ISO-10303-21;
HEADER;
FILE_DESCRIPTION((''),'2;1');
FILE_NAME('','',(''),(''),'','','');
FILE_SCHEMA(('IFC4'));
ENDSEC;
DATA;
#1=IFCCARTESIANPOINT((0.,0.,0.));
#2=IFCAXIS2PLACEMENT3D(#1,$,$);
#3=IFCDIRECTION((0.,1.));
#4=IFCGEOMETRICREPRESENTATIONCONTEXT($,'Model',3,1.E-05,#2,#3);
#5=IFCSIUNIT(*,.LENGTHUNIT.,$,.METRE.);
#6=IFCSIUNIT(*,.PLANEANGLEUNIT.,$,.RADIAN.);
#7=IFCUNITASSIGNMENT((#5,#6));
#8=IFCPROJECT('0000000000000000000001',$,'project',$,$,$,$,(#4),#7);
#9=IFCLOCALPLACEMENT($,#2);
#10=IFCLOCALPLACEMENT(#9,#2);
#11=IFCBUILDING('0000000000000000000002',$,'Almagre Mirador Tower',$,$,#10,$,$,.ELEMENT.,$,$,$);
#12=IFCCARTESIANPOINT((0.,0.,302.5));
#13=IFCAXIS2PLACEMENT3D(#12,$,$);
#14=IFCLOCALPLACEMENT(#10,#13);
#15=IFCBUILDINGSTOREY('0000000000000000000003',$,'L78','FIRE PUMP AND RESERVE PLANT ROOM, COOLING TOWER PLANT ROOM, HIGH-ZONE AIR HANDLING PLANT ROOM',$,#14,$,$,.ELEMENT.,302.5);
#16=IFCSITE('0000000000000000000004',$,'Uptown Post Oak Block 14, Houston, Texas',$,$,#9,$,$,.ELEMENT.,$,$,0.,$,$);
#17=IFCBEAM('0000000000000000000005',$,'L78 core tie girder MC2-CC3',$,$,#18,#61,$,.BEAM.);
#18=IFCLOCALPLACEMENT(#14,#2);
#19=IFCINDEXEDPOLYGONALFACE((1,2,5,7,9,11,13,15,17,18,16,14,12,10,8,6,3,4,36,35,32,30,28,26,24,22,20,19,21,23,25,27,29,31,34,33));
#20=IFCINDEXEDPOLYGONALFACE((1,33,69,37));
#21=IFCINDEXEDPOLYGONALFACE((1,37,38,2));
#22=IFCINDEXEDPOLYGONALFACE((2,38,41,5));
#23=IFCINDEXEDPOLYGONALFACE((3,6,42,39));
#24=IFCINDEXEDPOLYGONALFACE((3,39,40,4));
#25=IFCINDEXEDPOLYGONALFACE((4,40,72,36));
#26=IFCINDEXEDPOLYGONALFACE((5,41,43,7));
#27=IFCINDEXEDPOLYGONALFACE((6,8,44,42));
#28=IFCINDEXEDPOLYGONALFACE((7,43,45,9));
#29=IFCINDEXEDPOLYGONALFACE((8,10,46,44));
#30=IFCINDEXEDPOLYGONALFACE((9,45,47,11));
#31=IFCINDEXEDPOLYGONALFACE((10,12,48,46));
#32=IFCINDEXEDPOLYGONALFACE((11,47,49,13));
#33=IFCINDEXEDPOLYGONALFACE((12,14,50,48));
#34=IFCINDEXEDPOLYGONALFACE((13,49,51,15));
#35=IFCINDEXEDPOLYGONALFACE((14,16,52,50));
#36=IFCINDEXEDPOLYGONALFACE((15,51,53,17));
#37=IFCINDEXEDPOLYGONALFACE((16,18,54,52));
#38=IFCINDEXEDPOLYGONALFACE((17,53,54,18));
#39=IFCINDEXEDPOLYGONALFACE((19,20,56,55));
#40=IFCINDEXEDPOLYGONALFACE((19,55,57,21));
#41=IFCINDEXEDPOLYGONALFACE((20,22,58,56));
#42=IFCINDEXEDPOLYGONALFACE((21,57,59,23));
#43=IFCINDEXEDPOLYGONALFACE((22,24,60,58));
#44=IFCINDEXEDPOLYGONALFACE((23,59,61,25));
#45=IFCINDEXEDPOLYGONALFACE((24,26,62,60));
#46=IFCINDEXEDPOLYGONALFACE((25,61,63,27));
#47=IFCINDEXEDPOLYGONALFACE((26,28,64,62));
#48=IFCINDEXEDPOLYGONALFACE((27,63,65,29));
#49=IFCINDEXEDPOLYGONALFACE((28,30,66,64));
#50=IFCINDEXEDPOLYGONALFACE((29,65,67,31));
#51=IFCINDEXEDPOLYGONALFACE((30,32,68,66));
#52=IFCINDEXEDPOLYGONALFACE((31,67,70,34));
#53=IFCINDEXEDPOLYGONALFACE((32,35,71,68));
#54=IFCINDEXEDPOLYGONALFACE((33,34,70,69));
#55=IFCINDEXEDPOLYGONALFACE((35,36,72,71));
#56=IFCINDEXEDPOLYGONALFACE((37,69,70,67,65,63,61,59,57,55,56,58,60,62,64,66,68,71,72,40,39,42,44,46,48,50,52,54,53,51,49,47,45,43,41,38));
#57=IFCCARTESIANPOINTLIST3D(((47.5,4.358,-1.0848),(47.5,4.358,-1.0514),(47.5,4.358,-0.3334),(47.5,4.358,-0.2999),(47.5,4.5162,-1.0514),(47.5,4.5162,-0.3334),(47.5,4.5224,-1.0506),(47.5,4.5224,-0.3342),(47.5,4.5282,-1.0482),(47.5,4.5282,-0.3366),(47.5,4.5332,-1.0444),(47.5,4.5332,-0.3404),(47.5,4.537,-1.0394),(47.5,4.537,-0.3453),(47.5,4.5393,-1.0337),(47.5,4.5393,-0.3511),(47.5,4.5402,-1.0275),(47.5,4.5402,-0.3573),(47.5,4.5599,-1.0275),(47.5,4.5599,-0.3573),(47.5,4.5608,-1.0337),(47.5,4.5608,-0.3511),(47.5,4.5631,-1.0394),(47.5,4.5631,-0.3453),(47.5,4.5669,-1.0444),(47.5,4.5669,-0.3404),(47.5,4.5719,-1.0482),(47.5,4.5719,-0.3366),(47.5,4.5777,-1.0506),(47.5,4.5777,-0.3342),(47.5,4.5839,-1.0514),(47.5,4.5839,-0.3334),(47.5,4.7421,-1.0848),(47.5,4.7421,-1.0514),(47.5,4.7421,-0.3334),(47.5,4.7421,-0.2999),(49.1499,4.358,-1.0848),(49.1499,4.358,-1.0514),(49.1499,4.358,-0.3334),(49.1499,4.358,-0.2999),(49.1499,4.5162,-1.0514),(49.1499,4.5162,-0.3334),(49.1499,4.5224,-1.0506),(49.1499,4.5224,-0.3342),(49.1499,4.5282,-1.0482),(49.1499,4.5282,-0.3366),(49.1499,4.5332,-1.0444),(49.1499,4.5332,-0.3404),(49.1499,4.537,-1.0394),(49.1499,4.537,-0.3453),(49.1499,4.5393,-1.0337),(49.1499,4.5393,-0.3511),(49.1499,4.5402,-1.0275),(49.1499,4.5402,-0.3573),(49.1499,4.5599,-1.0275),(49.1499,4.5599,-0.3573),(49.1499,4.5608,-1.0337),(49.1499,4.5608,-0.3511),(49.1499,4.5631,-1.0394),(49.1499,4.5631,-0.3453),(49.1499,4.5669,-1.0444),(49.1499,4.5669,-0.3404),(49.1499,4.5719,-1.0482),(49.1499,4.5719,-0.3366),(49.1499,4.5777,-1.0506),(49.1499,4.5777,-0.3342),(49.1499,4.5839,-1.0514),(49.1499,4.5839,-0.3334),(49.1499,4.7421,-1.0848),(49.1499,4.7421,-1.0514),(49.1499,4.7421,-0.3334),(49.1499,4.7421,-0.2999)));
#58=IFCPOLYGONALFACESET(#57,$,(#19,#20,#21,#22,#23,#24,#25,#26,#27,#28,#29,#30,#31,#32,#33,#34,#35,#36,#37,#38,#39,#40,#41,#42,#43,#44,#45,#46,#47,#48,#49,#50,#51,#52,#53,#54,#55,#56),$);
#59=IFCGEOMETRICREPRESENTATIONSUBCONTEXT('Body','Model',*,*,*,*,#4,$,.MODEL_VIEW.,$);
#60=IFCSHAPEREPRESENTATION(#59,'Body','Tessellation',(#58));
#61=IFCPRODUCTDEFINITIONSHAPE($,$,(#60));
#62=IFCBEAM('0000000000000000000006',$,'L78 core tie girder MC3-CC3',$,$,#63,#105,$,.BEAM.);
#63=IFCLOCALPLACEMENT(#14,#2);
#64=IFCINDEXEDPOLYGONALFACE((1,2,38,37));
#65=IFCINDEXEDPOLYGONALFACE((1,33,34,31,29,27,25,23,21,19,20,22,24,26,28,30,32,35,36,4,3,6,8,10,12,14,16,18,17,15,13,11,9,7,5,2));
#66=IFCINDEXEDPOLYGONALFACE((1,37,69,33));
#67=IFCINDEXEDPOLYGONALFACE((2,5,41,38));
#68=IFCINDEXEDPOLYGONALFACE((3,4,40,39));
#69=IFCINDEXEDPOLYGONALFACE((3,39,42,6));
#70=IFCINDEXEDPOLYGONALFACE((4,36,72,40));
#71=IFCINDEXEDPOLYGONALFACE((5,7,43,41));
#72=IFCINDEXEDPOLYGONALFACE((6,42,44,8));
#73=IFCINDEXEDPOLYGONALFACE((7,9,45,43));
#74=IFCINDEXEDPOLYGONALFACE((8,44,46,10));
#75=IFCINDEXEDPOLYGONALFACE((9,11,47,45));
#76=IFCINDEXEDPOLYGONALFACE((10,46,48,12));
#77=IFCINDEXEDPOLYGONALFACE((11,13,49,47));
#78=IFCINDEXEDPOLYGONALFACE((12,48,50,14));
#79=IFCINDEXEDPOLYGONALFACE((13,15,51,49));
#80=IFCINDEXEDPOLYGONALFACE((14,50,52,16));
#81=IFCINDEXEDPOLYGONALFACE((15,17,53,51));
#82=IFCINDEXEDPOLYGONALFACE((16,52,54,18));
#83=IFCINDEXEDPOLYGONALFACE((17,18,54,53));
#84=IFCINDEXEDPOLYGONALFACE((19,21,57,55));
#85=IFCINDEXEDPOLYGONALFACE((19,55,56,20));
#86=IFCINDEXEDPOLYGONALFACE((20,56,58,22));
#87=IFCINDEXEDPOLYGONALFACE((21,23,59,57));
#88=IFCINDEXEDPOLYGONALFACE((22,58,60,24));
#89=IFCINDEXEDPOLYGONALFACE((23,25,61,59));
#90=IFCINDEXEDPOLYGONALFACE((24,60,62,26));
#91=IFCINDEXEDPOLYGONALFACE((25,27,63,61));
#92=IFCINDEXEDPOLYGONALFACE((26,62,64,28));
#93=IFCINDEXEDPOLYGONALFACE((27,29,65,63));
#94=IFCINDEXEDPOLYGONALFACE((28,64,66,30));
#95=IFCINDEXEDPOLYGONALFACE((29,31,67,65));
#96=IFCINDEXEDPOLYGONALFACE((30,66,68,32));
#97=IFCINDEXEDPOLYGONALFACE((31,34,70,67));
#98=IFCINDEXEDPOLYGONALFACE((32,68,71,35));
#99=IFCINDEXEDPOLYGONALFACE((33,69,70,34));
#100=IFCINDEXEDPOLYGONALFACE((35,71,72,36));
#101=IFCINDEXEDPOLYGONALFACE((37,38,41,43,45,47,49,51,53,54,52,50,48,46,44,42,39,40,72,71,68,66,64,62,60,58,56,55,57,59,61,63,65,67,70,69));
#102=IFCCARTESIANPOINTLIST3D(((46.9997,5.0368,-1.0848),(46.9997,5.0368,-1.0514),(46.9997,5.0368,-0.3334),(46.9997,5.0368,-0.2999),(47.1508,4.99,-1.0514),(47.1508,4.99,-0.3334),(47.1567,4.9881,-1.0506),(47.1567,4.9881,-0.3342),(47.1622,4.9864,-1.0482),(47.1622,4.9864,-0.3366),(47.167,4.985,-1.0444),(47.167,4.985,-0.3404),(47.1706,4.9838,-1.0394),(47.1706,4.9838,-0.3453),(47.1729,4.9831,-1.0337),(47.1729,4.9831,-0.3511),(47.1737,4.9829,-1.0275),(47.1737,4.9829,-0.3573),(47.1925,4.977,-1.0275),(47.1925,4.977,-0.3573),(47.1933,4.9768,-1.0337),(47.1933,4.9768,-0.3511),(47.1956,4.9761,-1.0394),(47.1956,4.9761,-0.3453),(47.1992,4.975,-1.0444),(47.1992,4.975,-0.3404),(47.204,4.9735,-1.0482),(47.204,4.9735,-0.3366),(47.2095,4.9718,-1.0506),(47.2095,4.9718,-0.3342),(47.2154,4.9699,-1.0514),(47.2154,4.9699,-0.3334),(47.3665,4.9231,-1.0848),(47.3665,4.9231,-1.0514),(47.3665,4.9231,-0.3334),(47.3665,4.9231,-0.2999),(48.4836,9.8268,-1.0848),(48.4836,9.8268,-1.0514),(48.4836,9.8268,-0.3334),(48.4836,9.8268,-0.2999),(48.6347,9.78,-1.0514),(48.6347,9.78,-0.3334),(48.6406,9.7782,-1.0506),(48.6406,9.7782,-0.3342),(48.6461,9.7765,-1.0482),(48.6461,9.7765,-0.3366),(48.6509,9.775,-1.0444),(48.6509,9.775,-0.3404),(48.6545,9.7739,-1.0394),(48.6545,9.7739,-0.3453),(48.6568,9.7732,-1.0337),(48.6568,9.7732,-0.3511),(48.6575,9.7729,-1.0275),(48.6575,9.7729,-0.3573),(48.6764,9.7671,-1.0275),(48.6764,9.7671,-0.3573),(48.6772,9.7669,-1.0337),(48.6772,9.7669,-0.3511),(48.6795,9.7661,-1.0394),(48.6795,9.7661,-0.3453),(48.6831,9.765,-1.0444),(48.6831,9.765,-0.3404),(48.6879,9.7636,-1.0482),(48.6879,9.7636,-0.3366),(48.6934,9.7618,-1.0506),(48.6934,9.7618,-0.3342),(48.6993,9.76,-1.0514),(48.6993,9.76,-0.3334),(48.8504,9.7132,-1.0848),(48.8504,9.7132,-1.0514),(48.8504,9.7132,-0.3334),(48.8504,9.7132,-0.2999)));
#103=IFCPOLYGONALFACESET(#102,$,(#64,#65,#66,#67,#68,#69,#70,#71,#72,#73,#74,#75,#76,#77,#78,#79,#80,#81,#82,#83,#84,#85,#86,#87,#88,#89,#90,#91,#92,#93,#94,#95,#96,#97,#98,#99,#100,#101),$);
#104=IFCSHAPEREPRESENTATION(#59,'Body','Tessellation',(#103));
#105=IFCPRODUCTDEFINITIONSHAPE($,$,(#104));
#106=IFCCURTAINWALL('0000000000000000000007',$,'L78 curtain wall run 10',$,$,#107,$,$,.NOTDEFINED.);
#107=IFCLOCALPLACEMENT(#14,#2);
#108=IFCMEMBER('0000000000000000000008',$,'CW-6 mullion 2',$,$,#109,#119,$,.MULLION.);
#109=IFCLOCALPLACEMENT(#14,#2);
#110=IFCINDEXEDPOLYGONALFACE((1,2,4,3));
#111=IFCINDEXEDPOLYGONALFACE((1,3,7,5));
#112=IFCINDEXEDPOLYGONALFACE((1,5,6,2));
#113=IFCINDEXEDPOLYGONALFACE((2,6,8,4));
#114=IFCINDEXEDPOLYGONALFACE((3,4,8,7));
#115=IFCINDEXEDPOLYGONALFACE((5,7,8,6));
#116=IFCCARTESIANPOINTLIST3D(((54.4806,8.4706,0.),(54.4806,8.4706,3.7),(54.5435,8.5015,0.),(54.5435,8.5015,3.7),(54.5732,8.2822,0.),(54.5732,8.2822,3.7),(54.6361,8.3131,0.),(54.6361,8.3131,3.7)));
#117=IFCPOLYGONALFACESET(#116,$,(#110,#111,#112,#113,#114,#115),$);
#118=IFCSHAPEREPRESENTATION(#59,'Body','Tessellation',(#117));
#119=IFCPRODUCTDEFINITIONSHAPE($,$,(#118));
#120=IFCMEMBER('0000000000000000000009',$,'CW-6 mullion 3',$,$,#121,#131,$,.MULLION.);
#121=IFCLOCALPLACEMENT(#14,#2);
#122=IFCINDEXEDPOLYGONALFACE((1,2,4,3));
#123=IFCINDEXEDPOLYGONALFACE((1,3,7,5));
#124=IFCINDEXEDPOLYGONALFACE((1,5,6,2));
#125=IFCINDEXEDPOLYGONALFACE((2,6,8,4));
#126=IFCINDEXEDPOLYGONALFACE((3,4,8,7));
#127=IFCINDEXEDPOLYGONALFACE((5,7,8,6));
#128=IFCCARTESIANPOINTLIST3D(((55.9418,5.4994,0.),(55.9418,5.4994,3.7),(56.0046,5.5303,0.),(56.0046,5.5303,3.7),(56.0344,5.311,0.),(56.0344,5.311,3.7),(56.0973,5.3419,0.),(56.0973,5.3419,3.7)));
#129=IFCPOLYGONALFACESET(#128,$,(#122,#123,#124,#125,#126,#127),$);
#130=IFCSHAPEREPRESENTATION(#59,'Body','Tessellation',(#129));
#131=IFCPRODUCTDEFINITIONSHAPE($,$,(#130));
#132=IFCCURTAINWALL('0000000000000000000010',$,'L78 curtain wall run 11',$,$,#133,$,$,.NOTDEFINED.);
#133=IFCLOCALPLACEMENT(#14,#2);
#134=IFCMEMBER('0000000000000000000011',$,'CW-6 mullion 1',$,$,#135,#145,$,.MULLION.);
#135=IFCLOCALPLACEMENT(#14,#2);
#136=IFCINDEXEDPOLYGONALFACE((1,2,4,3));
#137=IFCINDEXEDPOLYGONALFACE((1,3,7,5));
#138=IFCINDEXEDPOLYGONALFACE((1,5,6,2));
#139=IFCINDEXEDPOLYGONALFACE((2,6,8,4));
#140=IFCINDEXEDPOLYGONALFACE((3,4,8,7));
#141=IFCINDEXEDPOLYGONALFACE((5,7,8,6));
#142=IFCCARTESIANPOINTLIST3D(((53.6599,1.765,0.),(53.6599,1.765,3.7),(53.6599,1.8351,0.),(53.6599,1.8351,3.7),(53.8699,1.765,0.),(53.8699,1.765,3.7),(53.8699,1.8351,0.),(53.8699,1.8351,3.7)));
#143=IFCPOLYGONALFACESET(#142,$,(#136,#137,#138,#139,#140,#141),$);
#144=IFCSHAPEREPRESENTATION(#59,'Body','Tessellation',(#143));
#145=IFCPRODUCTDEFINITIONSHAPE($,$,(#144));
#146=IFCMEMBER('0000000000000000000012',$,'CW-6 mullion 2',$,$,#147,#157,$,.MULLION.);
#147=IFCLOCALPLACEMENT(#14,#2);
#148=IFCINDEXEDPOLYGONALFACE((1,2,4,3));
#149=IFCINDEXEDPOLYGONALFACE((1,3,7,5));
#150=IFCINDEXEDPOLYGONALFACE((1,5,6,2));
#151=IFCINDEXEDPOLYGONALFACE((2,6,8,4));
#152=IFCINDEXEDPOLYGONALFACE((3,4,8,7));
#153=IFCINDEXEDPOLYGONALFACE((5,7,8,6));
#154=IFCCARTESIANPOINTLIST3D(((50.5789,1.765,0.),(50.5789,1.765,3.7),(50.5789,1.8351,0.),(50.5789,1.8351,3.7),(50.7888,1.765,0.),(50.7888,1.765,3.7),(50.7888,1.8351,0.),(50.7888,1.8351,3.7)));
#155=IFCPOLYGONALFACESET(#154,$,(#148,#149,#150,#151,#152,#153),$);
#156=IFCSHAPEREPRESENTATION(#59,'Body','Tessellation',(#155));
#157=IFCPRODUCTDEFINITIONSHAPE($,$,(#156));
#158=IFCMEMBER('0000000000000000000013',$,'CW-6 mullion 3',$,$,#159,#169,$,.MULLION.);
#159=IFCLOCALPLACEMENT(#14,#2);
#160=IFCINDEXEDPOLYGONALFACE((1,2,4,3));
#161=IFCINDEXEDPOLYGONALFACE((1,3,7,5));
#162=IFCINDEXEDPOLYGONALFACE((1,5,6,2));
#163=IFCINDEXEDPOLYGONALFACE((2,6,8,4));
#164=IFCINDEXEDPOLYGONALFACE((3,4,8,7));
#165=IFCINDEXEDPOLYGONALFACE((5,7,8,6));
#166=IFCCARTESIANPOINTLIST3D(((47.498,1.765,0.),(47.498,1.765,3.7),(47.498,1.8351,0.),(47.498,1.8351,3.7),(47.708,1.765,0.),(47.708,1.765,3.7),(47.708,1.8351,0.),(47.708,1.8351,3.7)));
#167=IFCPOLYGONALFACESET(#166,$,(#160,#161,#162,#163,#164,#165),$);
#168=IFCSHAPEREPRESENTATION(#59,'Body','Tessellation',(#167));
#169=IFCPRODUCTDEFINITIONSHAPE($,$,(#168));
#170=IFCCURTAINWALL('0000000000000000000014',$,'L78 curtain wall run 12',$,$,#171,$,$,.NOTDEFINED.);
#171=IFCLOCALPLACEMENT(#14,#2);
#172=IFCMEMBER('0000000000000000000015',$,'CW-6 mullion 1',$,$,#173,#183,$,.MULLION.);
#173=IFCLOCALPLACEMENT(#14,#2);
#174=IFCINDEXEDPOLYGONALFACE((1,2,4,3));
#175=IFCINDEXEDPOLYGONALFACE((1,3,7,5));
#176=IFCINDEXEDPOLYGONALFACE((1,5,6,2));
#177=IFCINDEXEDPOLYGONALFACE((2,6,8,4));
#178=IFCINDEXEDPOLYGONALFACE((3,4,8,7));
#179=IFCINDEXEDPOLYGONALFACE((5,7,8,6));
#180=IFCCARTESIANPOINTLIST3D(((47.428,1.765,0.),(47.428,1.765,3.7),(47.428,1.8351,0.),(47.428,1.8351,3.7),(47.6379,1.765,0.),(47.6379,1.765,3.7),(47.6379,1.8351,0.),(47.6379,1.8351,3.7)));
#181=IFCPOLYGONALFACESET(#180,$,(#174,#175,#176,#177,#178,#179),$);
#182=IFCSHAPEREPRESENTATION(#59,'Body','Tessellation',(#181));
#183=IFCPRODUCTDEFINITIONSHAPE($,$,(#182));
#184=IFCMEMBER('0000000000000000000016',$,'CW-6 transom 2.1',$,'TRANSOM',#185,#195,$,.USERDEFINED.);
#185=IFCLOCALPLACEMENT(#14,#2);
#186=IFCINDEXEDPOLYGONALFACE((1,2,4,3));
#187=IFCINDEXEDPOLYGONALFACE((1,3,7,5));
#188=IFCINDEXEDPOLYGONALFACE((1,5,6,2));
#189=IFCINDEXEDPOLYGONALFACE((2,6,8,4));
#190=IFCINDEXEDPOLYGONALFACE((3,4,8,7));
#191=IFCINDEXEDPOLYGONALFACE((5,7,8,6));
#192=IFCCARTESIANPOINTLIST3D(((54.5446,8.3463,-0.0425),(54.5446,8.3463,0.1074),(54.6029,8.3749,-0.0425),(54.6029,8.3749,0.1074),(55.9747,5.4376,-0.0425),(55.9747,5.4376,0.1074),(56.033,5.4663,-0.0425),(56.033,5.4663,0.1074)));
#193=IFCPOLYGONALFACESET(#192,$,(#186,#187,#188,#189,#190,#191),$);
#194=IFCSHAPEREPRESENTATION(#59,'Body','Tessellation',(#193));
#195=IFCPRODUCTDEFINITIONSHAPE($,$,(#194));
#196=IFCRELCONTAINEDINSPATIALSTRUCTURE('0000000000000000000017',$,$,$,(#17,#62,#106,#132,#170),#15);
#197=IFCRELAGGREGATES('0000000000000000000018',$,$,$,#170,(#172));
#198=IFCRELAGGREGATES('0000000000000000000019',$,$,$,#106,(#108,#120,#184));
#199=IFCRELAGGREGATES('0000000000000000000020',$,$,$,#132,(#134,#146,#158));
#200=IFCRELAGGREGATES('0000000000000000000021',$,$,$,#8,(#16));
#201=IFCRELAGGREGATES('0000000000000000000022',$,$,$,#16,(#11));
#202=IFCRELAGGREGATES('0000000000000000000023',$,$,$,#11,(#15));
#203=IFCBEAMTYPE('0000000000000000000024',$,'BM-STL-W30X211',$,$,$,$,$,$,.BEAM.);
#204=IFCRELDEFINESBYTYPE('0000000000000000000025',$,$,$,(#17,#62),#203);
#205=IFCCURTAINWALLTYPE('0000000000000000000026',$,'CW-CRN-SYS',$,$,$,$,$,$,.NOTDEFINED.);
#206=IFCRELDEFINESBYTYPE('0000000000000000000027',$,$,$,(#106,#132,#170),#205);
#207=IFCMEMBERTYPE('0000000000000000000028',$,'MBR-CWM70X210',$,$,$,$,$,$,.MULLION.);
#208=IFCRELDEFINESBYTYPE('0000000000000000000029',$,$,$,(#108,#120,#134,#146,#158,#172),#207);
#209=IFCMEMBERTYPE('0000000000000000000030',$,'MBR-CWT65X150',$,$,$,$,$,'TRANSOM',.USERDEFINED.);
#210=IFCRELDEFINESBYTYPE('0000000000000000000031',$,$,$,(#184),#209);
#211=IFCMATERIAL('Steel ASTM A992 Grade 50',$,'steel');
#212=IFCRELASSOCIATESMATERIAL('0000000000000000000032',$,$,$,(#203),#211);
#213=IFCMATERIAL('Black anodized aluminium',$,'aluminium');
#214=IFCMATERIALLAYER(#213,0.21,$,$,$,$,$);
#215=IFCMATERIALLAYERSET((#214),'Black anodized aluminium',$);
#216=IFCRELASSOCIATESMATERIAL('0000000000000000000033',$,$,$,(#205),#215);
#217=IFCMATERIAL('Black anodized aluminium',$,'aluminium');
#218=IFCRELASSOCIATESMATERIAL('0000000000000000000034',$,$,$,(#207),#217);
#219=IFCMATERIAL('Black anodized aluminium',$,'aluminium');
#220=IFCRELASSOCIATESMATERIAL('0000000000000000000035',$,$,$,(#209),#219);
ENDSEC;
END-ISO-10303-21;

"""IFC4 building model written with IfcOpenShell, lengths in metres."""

from ifc_helpers import new_model, si_unit, direction, frame, origin, origin_2d, place, context, subcontext, project, spatial, rectangle, i_section, extrude, material, layer, layer_set, material_profile, profile_set, type_object, element, aggregate, save


model = new_model("IFC4")

# Units and contexts
model_context = context("Model", 3, precision=1e-05, world=origin(), true_north=direction((0.0, 1.0)))
body_context = subcontext(model_context, "Body", "Model", "MODEL_VIEW")
ifc_project = project(units=[si_unit("LENGTHUNIT", "METRE"), si_unit("PLANEANGLEUNIT", "RADIAN")], contexts=[model_context])

# Site, building, storey
site_placement = place(None, origin())
site = spatial("IfcSite", under=ifc_project, at=site_placement, Name="Uptown Post Oak Block 14, Houston, Texas", CompositionType="ELEMENT", RefElevation=0.0)
building_placement = place(site_placement, origin())
building = spatial("IfcBuilding", under=site, at=building_placement, Name="Almagre Mirador Tower", CompositionType="ELEMENT")
storey_placement = place(building_placement, frame((0.0, 0.0, 302.5)))
storey = spatial("IfcBuildingStorey", under=building, at=storey_placement, Name="L78", Description="FIRE PUMP AND RESERVE PLANT ROOM, COOLING TOWER PLANT ROOM, HIGH-ZONE AIR HANDLING PLANT ROOM", CompositionType="ELEMENT", Elevation=302.5)

# Beams
ifc_material_1 = material(Name="Steel ASTM A992 Grade 50", Category="steel")
ifc_material_profile_1 = material_profile(ifc_material_1, i_section(OverallWidth=0.384, OverallDepth=0.7849, WebThickness=0.0198, FlangeThickness=0.0334, FilletRadius=0.0239, at=origin_2d()), Name="W30X211")
ifc_profile_set_1 = profile_set([ifc_material_profile_1], Name="Steel ASTM A992 Grade 50")
beam_type_1 = type_object("IfcBeamType", Name="BM-STL-W30X211", PredefinedType="BEAM", material=ifc_profile_set_1)
beam_1_placement = place(storey_placement, frame((49.1499, 4.55, -0.6924), z_axis=(-1.0, 0.0, 0.0), x_axis=(0.0, -1.0, 0.0)))
element("IfcBeam", 1, at=beam_1_placement, inside=storey, type_object=beam_type_1, Name="L78 core tie girder MC2-CC3", PredefinedType="BEAM", context=body_context, shape_type="SweptSolid", body=[
    extrude(i_section(OverallWidth=0.384, OverallDepth=0.7849, WebThickness=0.0198, FlangeThickness=0.0334, FilletRadius=0.0239, at=origin_2d()), origin(), (0.0, 0.0, 1.0), 1.6499),
])
beam_2_placement = place(storey_placement, frame((48.667, 9.77, -0.6924), z_axis=(-0.295912, -0.955215, 0.0), x_axis=(0.955215, -0.295912, 0.0)))
element("IfcBeam", 2, at=beam_2_placement, inside=storey, type_object=beam_type_1, Name="L78 core tie girder MC3-CC3", PredefinedType="BEAM", context=body_context, shape_type="SweptSolid", body=[
    extrude(i_section(OverallWidth=0.384, OverallDepth=0.7849, WebThickness=0.0198, FlangeThickness=0.0334, FilletRadius=0.0239, at=origin_2d()), origin(), (0.0, 0.0, 1.0), 5.0146),
])

# Curtain walls, members
ifc_material_2 = material(Name="Black anodized aluminium", Category="aluminium")
ifc_layer_1 = layer(ifc_material_2, 0.21)
ifc_layer_set_1 = layer_set([ifc_layer_1], Name="Black anodized aluminium")
curtain_wall_type = type_object("IfcCurtainWallType", Name="CW-CRN-SYS", PredefinedType="NOTDEFINED", material=ifc_layer_set_1)
curtain_wall_1_placement = place(storey_placement, origin())
curtain_wall_1 = element("IfcCurtainWall", 3, at=curtain_wall_1_placement, inside=storey, type_object=curtain_wall_type, Name="L78 curtain wall run 10", PredefinedType="NOTDEFINED")
ifc_material_3 = material(Name="Black anodized aluminium", Category="aluminium")
ifc_material_profile_2 = material_profile(ifc_material_3, rectangle(XDim=0.0701, YDim=0.21, at=origin_2d()), Name="CWM70X210")
ifc_profile_set_2 = profile_set([ifc_material_profile_2], Name="Black anodized aluminium")
member_type_1 = type_object("IfcMemberType", Name="MBR-CWM70X210", PredefinedType="MULLION", material=ifc_profile_set_2)
member_1_placement = place(storey_placement, frame((54.5583, 8.3918, 0.0), z_axis=(0.0, 0.0, 1.0), x_axis=(0.897372, 0.441274, 0.0)))
member_1 = element("IfcMember", 4, at=member_1_placement, type_object=member_type_1, Name="CW-6 mullion 2", PredefinedType="MULLION", context=body_context, shape_type="SweptSolid", body=[
    extrude(rectangle(XDim=0.0701, YDim=0.21, at=origin_2d()), origin(), (0.0, 0.0, 1.0), 3.7),
])
member_2_placement = place(storey_placement, frame((56.0195, 5.4207, 0.0), z_axis=(0.0, 0.0, 1.0), x_axis=(0.897372, 0.441274, 0.0)))
member_2 = element("IfcMember", 5, at=member_2_placement, type_object=member_type_1, Name="CW-6 mullion 3", PredefinedType="MULLION", context=body_context, shape_type="SweptSolid", body=[
    extrude(rectangle(XDim=0.0701, YDim=0.21, at=origin_2d()), origin(), (0.0, 0.0, 1.0), 3.7),
])
curtain_wall_2_placement = place(storey_placement, origin())
curtain_wall_2 = element("IfcCurtainWall", 6, at=curtain_wall_2_placement, inside=storey, type_object=curtain_wall_type, Name="L78 curtain wall run 11", PredefinedType="NOTDEFINED")
member_3_placement = place(storey_placement, frame((53.7649, 1.8, 0.0), z_axis=(0.0, 0.0, 1.0), x_axis=(0.0, -1.0, 0.0)))
member_3 = element("IfcMember", 7, at=member_3_placement, type_object=member_type_1, Name="CW-6 mullion 1", PredefinedType="MULLION", context=body_context, shape_type="SweptSolid", body=[
    extrude(rectangle(XDim=0.0701, YDim=0.21, at=origin_2d()), origin(), (0.0, 0.0, 1.0), 3.7),
])
member_4_placement = place(storey_placement, frame((50.6838, 1.8, 0.0), z_axis=(0.0, 0.0, 1.0), x_axis=(0.0, -1.0, 0.0)))
member_4 = element("IfcMember", 8, at=member_4_placement, type_object=member_type_1, Name="CW-6 mullion 2", PredefinedType="MULLION", context=body_context, shape_type="SweptSolid", body=[
    extrude(rectangle(XDim=0.0701, YDim=0.21, at=origin_2d()), origin(), (0.0, 0.0, 1.0), 3.7),
])
member_5_placement = place(storey_placement, frame((47.603, 1.8, 0.0), z_axis=(0.0, 0.0, 1.0), x_axis=(0.0, -1.0, 0.0)))
member_5 = element("IfcMember", 9, at=member_5_placement, type_object=member_type_1, Name="CW-6 mullion 3", PredefinedType="MULLION", context=body_context, shape_type="SweptSolid", body=[
    extrude(rectangle(XDim=0.0701, YDim=0.21, at=origin_2d()), origin(), (0.0, 0.0, 1.0), 3.7),
])

# Curtain wall, member
curtain_wall_3_placement = place(storey_placement, origin())
curtain_wall_3 = element("IfcCurtainWall", 10, at=curtain_wall_3_placement, inside=storey, type_object=curtain_wall_type, Name="L78 curtain wall run 12", PredefinedType="NOTDEFINED")
member_6_placement = place(storey_placement, frame((47.533, 1.8, 0.0), z_axis=(0.0, 0.0, 1.0), x_axis=(0.0, -1.0, 0.0)))
member_6 = element("IfcMember", 11, at=member_6_placement, type_object=member_type_1, Name="CW-6 mullion 1", PredefinedType="MULLION", context=body_context, shape_type="SweptSolid", body=[
    extrude(rectangle(XDim=0.0701, YDim=0.21, at=origin_2d()), origin(), (0.0, 0.0, 1.0), 3.7),
])

# Member
ifc_material_4 = material(Name="Black anodized aluminium", Category="aluminium")
ifc_material_profile_3 = material_profile(ifc_material_4, rectangle(XDim=0.0649, YDim=0.1499, at=origin_2d()), Name="CWT65X150")
ifc_profile_set_3 = profile_set([ifc_material_profile_3], Name="Black anodized aluminium")
member_type_2 = type_object("IfcMemberType", Name="MBR-CWT65X150", ElementType="TRANSOM", PredefinedType="USERDEFINED", material=ifc_profile_set_3)
member_7_placement = place(storey_placement, frame((54.5737, 8.3606, 0.0325), z_axis=(0.441238, -0.89739, 0.0), x_axis=(0.89739, 0.441238, 0.0)))
member_7 = element("IfcMember", 12, at=member_7_placement, type_object=member_type_2, Name="CW-6 transom 2.1", ObjectType="TRANSOM", PredefinedType="USERDEFINED", context=body_context, shape_type="SweptSolid", body=[
    extrude(rectangle(XDim=0.0649, YDim=0.1499, at=origin_2d()), origin(), (0.0, 0.0, 1.0), 3.2412),
])
aggregate(curtain_wall_3, [member_6])

aggregate(curtain_wall_1, [member_1, member_2, member_7])
aggregate(curtain_wall_2, [member_3, member_4, member_5])

save(model, "model.ifc")
